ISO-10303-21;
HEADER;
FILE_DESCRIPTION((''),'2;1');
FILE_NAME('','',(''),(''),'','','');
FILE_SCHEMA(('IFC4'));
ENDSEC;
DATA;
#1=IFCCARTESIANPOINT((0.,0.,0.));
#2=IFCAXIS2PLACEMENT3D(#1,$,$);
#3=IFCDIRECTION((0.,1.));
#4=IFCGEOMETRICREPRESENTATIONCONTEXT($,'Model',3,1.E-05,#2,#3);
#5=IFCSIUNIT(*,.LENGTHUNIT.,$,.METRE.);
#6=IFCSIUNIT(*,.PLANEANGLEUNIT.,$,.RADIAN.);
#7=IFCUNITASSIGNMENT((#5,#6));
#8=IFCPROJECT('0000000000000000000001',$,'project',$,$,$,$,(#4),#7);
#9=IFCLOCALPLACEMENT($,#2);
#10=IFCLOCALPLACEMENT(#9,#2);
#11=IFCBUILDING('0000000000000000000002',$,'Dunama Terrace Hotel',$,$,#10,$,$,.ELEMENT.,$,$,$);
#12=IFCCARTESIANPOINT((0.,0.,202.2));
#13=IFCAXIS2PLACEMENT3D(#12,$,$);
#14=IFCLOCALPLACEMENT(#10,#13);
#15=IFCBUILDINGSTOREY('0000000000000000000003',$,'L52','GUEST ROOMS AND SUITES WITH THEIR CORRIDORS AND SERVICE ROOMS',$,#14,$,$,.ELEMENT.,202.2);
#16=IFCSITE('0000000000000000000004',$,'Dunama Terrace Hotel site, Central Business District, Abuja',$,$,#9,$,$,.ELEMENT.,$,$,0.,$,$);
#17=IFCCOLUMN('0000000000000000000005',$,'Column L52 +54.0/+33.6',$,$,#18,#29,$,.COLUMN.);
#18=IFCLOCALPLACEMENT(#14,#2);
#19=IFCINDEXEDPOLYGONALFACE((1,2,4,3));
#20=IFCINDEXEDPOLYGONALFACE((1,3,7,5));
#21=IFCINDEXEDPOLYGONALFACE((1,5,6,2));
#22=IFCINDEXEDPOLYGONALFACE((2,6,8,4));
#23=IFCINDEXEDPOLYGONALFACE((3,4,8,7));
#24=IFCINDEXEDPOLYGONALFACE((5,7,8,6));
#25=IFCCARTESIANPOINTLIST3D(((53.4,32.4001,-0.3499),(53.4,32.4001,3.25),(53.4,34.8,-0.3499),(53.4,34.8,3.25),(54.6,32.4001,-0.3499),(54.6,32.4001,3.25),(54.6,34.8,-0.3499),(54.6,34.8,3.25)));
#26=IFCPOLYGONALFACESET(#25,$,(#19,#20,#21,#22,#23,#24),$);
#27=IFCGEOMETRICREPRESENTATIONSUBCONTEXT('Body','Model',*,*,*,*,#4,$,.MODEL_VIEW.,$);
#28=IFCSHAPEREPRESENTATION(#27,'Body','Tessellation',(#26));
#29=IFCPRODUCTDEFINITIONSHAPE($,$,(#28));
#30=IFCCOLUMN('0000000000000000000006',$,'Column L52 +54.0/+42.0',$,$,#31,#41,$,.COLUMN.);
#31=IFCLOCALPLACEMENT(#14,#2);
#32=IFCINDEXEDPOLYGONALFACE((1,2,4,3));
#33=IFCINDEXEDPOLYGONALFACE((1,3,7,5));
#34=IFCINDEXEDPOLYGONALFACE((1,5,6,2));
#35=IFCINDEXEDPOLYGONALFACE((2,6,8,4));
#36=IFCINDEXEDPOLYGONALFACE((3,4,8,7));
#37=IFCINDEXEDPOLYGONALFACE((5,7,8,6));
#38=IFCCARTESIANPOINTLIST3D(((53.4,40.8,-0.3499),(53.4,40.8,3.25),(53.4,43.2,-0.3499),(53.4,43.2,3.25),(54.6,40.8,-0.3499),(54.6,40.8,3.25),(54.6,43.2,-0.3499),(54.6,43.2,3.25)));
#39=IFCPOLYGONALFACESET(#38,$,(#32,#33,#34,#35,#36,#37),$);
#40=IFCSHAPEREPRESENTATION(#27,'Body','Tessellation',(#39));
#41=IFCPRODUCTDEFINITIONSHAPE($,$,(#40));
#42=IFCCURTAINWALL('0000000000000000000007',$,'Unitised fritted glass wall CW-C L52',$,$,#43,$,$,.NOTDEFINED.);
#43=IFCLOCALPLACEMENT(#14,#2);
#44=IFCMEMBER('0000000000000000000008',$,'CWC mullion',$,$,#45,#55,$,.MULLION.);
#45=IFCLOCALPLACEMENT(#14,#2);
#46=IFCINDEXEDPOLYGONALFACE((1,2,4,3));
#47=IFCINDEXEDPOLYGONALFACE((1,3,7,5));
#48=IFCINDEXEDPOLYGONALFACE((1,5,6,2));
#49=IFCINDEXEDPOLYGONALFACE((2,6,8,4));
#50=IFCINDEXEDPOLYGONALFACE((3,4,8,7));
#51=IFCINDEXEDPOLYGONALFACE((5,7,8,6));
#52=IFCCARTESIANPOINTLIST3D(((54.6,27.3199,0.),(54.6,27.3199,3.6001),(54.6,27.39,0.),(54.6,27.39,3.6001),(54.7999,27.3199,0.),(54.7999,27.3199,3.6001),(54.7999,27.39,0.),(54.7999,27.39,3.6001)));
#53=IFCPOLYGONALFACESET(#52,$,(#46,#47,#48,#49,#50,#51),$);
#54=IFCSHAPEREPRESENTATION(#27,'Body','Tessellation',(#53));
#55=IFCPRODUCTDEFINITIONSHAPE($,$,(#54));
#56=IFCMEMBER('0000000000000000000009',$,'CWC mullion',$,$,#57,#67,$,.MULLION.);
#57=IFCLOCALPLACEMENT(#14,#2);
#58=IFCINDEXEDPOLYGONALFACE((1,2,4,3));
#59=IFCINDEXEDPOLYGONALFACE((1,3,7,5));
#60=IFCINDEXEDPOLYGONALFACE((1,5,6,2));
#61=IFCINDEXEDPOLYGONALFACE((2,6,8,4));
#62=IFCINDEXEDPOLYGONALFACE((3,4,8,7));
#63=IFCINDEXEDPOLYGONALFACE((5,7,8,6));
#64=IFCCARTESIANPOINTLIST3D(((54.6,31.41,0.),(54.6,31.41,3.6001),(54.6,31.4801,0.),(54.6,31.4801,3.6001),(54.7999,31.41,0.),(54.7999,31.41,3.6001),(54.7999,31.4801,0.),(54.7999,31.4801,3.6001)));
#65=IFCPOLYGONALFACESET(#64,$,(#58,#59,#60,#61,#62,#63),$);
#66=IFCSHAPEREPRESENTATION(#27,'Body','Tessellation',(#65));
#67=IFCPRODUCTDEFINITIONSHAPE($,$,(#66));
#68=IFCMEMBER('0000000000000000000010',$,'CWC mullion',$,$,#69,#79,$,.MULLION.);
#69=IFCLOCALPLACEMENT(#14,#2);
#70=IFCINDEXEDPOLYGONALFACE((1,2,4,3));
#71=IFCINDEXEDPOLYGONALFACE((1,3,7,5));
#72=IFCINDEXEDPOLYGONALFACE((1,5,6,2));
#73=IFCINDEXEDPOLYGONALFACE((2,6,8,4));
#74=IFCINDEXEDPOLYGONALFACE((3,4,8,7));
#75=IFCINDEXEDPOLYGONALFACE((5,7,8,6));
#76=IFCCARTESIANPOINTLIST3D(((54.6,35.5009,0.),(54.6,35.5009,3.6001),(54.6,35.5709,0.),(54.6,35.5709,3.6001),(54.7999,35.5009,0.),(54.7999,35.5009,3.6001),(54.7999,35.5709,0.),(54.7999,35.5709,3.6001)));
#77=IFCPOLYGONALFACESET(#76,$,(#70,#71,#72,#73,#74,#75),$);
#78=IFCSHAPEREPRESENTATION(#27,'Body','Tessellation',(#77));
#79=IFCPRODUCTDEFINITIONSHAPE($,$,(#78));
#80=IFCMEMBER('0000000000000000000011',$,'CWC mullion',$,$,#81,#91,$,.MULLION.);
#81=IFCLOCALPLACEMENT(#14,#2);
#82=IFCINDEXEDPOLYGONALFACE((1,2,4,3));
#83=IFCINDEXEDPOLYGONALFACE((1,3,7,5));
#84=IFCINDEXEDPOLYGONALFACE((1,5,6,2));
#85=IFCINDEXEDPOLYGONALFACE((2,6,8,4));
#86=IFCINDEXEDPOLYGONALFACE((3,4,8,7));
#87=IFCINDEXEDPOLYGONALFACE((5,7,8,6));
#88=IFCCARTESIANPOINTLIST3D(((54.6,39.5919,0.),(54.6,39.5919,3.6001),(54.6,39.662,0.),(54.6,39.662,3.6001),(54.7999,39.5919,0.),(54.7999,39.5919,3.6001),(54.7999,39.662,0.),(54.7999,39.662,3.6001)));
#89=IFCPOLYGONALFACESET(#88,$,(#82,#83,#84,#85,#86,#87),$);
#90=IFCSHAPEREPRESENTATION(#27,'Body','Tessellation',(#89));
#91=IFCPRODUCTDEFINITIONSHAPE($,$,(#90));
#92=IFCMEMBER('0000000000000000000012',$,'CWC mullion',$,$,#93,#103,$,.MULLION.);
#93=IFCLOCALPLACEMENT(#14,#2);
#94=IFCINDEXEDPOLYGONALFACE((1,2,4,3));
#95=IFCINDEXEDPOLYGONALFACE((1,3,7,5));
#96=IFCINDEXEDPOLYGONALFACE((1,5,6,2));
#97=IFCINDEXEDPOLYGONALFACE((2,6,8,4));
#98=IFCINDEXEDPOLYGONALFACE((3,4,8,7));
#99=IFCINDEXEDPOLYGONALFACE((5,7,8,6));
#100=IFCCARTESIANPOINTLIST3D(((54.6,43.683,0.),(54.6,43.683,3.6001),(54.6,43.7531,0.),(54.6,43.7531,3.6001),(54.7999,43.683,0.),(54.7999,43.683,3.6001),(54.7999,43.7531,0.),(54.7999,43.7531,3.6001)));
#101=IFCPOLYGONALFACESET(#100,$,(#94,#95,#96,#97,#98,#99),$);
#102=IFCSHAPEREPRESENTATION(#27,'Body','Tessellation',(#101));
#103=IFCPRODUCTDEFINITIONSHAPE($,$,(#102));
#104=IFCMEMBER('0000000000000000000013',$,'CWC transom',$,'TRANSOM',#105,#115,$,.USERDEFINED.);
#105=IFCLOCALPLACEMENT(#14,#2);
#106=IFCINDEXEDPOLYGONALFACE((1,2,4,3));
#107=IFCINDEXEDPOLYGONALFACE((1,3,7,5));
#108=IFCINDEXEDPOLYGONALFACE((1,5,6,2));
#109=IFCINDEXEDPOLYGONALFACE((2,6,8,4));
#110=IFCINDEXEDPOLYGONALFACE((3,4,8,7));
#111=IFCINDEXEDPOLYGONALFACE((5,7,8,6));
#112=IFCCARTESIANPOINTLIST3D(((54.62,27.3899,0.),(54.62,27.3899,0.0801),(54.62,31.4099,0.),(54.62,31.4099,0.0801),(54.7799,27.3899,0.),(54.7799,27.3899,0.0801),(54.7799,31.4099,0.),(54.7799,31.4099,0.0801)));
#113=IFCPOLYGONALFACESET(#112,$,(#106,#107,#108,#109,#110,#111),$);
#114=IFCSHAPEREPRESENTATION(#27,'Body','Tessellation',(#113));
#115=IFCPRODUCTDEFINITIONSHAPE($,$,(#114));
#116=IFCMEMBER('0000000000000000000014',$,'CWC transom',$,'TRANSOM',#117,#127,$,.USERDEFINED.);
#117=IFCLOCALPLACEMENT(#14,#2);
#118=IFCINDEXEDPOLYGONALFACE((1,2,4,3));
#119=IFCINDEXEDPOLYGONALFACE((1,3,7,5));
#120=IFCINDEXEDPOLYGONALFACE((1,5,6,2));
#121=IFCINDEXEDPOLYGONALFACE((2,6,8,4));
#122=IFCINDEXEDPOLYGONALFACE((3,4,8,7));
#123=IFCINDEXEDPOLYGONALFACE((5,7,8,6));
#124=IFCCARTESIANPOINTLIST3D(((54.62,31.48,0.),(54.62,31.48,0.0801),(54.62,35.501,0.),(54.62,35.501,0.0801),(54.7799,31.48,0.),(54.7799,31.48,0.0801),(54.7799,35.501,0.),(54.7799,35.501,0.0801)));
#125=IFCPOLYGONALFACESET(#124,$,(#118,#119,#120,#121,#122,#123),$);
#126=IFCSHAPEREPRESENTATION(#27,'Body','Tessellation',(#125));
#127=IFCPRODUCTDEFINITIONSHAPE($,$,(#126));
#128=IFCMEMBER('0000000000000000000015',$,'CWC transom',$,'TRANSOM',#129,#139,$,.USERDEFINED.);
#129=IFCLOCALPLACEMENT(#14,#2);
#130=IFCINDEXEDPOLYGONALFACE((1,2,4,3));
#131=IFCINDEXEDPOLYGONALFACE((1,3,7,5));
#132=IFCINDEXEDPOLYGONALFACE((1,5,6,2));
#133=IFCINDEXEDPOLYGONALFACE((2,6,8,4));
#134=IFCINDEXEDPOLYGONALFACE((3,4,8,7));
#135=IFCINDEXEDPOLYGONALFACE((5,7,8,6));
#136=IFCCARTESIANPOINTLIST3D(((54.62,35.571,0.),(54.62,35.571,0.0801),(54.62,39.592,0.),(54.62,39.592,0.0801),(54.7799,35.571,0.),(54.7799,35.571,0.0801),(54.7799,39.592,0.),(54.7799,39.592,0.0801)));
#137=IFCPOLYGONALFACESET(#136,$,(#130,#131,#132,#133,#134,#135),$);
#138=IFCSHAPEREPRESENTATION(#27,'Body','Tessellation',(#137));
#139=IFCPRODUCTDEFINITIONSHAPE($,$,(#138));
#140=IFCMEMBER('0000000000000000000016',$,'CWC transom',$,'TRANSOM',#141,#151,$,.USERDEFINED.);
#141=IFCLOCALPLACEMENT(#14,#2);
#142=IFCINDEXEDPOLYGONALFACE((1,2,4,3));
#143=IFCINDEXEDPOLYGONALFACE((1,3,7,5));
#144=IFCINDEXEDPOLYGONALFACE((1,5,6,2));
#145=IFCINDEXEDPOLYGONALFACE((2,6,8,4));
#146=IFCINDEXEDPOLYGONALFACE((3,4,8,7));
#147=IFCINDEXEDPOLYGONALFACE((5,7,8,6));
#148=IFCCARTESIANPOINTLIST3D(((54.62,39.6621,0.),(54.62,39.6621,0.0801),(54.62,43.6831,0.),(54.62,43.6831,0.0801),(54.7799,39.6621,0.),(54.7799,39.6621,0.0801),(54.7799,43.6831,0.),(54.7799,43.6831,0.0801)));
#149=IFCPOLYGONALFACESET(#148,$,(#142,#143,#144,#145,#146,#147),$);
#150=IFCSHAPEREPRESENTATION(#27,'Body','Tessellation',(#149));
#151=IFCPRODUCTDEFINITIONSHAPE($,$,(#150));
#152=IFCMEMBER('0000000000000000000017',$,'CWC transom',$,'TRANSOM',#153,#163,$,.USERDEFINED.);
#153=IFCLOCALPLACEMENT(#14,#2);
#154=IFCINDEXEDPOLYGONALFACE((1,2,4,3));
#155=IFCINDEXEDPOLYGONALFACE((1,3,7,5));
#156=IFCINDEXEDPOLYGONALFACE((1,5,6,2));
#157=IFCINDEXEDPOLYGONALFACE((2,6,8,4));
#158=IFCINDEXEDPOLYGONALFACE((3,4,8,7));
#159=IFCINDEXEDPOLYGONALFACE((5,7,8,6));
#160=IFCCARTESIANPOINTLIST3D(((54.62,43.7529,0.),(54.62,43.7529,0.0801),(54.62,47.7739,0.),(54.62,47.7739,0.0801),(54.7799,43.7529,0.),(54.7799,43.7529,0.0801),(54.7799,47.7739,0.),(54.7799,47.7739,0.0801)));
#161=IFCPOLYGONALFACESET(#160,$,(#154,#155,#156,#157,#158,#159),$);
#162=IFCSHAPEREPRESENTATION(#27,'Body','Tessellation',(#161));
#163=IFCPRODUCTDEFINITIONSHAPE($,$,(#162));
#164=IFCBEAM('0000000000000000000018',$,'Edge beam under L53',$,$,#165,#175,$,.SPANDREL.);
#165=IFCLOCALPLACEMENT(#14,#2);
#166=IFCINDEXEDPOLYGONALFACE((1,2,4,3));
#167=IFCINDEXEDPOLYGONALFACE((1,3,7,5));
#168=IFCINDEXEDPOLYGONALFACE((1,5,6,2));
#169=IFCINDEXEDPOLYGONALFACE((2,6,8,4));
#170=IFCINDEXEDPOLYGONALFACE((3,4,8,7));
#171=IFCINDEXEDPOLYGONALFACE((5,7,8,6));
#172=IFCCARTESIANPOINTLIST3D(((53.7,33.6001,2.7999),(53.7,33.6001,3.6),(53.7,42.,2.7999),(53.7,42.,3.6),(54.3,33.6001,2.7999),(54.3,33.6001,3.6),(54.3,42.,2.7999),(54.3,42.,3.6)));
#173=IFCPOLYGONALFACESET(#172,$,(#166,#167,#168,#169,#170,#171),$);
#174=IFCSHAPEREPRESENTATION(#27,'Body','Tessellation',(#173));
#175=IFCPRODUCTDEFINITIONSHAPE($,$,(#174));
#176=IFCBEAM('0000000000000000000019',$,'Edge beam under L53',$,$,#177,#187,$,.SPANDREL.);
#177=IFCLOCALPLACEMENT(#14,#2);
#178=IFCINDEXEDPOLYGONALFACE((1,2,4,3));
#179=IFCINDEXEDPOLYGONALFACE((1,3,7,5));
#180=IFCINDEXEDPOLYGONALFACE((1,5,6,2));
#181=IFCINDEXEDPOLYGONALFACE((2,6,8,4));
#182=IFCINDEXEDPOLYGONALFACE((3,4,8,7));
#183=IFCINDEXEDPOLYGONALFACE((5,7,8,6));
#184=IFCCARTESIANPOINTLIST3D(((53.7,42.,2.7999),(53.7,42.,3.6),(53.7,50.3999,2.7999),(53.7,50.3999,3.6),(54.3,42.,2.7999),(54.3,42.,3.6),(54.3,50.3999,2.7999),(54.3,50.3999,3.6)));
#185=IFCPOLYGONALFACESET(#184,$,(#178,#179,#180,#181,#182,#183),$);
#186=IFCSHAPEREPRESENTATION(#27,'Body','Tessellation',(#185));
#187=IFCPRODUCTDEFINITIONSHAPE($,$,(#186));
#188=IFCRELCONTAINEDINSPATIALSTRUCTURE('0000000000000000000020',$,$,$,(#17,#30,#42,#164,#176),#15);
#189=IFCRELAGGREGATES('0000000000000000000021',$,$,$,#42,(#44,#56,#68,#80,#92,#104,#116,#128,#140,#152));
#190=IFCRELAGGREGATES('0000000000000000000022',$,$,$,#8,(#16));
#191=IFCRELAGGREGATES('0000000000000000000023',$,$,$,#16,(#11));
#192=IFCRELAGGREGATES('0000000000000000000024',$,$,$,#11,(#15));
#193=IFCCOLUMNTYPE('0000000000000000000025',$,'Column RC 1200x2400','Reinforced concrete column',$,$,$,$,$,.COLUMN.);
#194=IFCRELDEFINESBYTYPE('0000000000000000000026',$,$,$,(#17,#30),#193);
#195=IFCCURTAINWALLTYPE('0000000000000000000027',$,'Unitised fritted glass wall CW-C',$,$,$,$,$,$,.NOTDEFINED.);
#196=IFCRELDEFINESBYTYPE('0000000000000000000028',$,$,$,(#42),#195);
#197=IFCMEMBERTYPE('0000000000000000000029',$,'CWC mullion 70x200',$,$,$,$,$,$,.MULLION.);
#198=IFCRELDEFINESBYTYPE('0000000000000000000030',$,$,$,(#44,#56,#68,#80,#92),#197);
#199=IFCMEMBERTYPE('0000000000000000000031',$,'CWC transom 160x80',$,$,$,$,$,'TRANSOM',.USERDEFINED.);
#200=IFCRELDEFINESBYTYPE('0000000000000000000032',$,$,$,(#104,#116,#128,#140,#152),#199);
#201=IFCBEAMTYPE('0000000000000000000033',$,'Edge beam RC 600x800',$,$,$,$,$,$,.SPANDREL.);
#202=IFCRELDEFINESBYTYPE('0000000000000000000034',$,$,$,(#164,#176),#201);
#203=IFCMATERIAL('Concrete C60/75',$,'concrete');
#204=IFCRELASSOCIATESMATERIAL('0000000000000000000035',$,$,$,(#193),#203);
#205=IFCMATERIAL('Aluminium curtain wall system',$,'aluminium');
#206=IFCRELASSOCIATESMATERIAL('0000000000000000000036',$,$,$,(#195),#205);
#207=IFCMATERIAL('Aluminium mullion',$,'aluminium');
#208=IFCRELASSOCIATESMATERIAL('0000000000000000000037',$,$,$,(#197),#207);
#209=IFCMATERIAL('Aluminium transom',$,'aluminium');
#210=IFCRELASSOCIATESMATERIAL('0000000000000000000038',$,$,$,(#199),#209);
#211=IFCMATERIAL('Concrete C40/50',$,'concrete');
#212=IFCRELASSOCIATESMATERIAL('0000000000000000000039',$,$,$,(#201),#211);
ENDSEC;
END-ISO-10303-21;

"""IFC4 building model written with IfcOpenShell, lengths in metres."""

from ifc_helpers import new_model, si_unit, direction, frame, origin, origin_2d, place, context, subcontext, project, spatial, rectangle, extrude, material, material_profile, profile_set, type_object, element, aggregate, save


model = new_model("IFC4")

# Units and contexts
model_context = context("Model", 3, precision=1e-05, world=origin(), true_north=direction((0.0, 1.0)))
body_context = subcontext(model_context, "Body", "Model", "MODEL_VIEW")
ifc_project = project(units=[si_unit("LENGTHUNIT", "METRE"), si_unit("PLANEANGLEUNIT", "RADIAN")], contexts=[model_context])

# Site, building, storey
site_placement = place(None, origin())
site = spatial("IfcSite", under=ifc_project, at=site_placement, Name="Dunama Terrace Hotel site, Central Business District, Abuja", CompositionType="ELEMENT", RefElevation=0.0)
building_placement = place(site_placement, origin())
building = spatial("IfcBuilding", under=site, at=building_placement, Name="Dunama Terrace Hotel", CompositionType="ELEMENT")
storey_placement = place(building_placement, frame((0.0, 0.0, 202.2)))
storey = spatial("IfcBuildingStorey", under=building, at=storey_placement, Name="L52", Description="GUEST ROOMS AND SUITES WITH THEIR CORRIDORS AND SERVICE ROOMS", CompositionType="ELEMENT", Elevation=202.2)

# Columns
ifc_material_1 = material(Name="Concrete C60/75", Category="concrete")
ifc_material_profile_1 = material_profile(ifc_material_1, rectangle(XDim=1.2, YDim=2.3999, at=origin_2d()), Name="RC 1200x2400")
ifc_profile_set_1 = profile_set([ifc_material_profile_1], Name="Concrete C60/75")
column_type = type_object("IfcColumnType", Name="Column RC 1200x2400", Description="Reinforced concrete column", PredefinedType="COLUMN", material=ifc_profile_set_1)
for number, where, z_axis, x_axis, name in (
    (1, (54.0, 33.6001, -0.3499), (0.0, 0.0, 1.0), (1.0, 0.0, 0.0), "Column L52 +54.0/+33.6"),
    (2, (54.0, 42.0, -0.3499), (0.0, 0.0, 1.0), (1.0, 0.0, 0.0), "Column L52 +54.0/+42.0"),
):
    element("IfcColumn", number, at=place(storey_placement, frame(where, z_axis=z_axis, x_axis=x_axis)), inside=storey, type_object=column_type, Name=name, PredefinedType="COLUMN", context=body_context, shape_type="SweptSolid", body=[
        extrude(rectangle(XDim=1.2, YDim=2.3999, at=origin_2d()), origin(), (0.0, 0.0, 1.0), 3.5999),
    ])

# Curtain wall, members
ifc_material_2 = material(Name="Aluminium curtain wall system", Category="aluminium")
curtain_wall_type = type_object("IfcCurtainWallType", Name="Unitised fritted glass wall CW-C", PredefinedType="NOTDEFINED", material=ifc_material_2)
curtain_wall_placement = place(storey_placement, origin())
curtain_wall = element("IfcCurtainWall", 3, at=curtain_wall_placement, inside=storey, type_object=curtain_wall_type, Name="Unitised fritted glass wall CW-C L52", PredefinedType="NOTDEFINED")
ifc_material_3 = material(Name="Aluminium mullion", Category="aluminium")
ifc_material_profile_2 = material_profile(ifc_material_3, rectangle(XDim=0.0701, YDim=0.2, at=origin_2d()), Name="CWC MULLION 70X200")
ifc_profile_set_2 = profile_set([ifc_material_profile_2], Name="Aluminium mullion")
member_type_1 = type_object("IfcMemberType", Name="CWC mullion 70x200", PredefinedType="MULLION", material=ifc_profile_set_2)
member_1_placement = place(storey_placement, frame((54.7, 27.355, 0.0), z_axis=(0.0, 0.0, 1.0), x_axis=(0.0, 1.0, 0.0)))
member_1 = element("IfcMember", 4, at=member_1_placement, type_object=member_type_1, Name="CWC mullion", PredefinedType="MULLION", context=body_context, shape_type="SweptSolid", body=[
    extrude(rectangle(XDim=0.0701, YDim=0.2, at=origin_2d()), origin(), (0.0, 0.0, 1.0), 3.6001),
])
member_2_placement = place(storey_placement, frame((54.7, 31.4451, 0.0), z_axis=(0.0, 0.0, 1.0), x_axis=(0.0, 1.0, 0.0)))
member_2 = element("IfcMember", 5, at=member_2_placement, type_object=member_type_1, Name="CWC mullion", PredefinedType="MULLION", context=body_context, shape_type="SweptSolid", body=[
    extrude(rectangle(XDim=0.0701, YDim=0.2, at=origin_2d()), origin(), (0.0, 0.0, 1.0), 3.6001),
])
member_3_placement = place(storey_placement, frame((54.7, 35.5359, 0.0), z_axis=(0.0, 0.0, 1.0), x_axis=(0.0, 1.0, 0.0)))
member_3 = element("IfcMember", 6, at=member_3_placement, type_object=member_type_1, Name="CWC mullion", PredefinedType="MULLION", context=body_context, shape_type="SweptSolid", body=[
    extrude(rectangle(XDim=0.0701, YDim=0.2, at=origin_2d()), origin(), (0.0, 0.0, 1.0), 3.6001),
])
member_4_placement = place(storey_placement, frame((54.7, 39.627, 0.0), z_axis=(0.0, 0.0, 1.0), x_axis=(0.0, 1.0, 0.0)))
member_4 = element("IfcMember", 7, at=member_4_placement, type_object=member_type_1, Name="CWC mullion", PredefinedType="MULLION", context=body_context, shape_type="SweptSolid", body=[
    extrude(rectangle(XDim=0.0701, YDim=0.2, at=origin_2d()), origin(), (0.0, 0.0, 1.0), 3.6001),
])
member_5_placement = place(storey_placement, frame((54.7, 43.718, 0.0), z_axis=(0.0, 0.0, 1.0), x_axis=(0.0, 1.0, 0.0)))
member_5 = element("IfcMember", 8, at=member_5_placement, type_object=member_type_1, Name="CWC mullion", PredefinedType="MULLION", context=body_context, shape_type="SweptSolid", body=[
    extrude(rectangle(XDim=0.0701, YDim=0.2, at=origin_2d()), origin(), (0.0, 0.0, 1.0), 3.6001),
])
ifc_material_4 = material(Name="Aluminium transom", Category="aluminium")
ifc_material_profile_3 = material_profile(ifc_material_4, rectangle(XDim=0.1599, YDim=0.0801, at=origin_2d()), Name="CWC TRANSOM 160X80")
ifc_profile_set_3 = profile_set([ifc_material_profile_3], Name="Aluminium transom")
member_type_2 = type_object("IfcMemberType", Name="CWC transom 160x80", ElementType="TRANSOM", PredefinedType="USERDEFINED", material=ifc_profile_set_3)
member_6_placement = place(storey_placement, frame((54.7, 27.3899, 0.04), z_axis=(0.0, 1.0, 0.0), x_axis=(-1.0, 0.0, 0.0)))
member_6 = element("IfcMember", 9, at=member_6_placement, type_object=member_type_2, Name="CWC transom", ObjectType="TRANSOM", PredefinedType="USERDEFINED", context=body_context, shape_type="SweptSolid", body=[
    extrude(rectangle(XDim=0.1599, YDim=0.0801, at=origin_2d()), origin(), (0.0, 0.0, 1.0), 4.02),
])
member_7_placement = place(storey_placement, frame((54.7, 31.48, 0.04), z_axis=(0.0, 1.0, 0.0), x_axis=(-1.0, 0.0, 0.0)))
member_7 = element("IfcMember", 10, at=member_7_placement, type_object=member_type_2, Name="CWC transom", ObjectType="TRANSOM", PredefinedType="USERDEFINED", context=body_context, shape_type="SweptSolid", body=[
    extrude(rectangle(XDim=0.1599, YDim=0.0801, at=origin_2d()), origin(), (0.0, 0.0, 1.0), 4.021),
])
member_8_placement = place(storey_placement, frame((54.7, 35.571, 0.04), z_axis=(0.0, 1.0, 0.0), x_axis=(-1.0, 0.0, 0.0)))
member_8 = element("IfcMember", 11, at=member_8_placement, type_object=member_type_2, Name="CWC transom", ObjectType="TRANSOM", PredefinedType="USERDEFINED", context=body_context, shape_type="SweptSolid", body=[
    extrude(rectangle(XDim=0.1599, YDim=0.0801, at=origin_2d()), origin(), (0.0, 0.0, 1.0), 4.021),
])
member_9_placement = place(storey_placement, frame((54.7, 39.6621, 0.04), z_axis=(0.0, 1.0, 0.0), x_axis=(-1.0, 0.0, 0.0)))
member_9 = element("IfcMember", 12, at=member_9_placement, type_object=member_type_2, Name="CWC transom", ObjectType="TRANSOM", PredefinedType="USERDEFINED", context=body_context, shape_type="SweptSolid", body=[
    extrude(rectangle(XDim=0.1599, YDim=0.0801, at=origin_2d()), origin(), (0.0, 0.0, 1.0), 4.021),
])
member_10_placement = place(storey_placement, frame((54.7, 43.7529, 0.04), z_axis=(0.0, 1.0, 0.0), x_axis=(-1.0, 0.0, 0.0)))
member_10 = element("IfcMember", 13, at=member_10_placement, type_object=member_type_2, Name="CWC transom", ObjectType="TRANSOM", PredefinedType="USERDEFINED", context=body_context, shape_type="SweptSolid", body=[
    extrude(rectangle(XDim=0.1599, YDim=0.0801, at=origin_2d()), origin(), (0.0, 0.0, 1.0), 4.021),
])

# Beams
ifc_material_5 = material(Name="Concrete C40/50", Category="concrete")
ifc_material_profile_4 = material_profile(ifc_material_5, rectangle(XDim=0.6001, YDim=0.8, at=origin_2d()), Name="RC 600x800")
ifc_profile_set_4 = profile_set([ifc_material_profile_4], Name="Concrete C40/50")
beam_type = type_object("IfcBeamType", Name="Edge beam RC 600x800", PredefinedType="SPANDREL", material=ifc_profile_set_4)
for number, where, z_axis, x_axis, name in (
    (14, (54.0, 33.6001, 3.2), (0.0, 1.0, 0.0), (-1.0, 0.0, 0.0), "Edge beam under L53"),
    (15, (54.0, 42.0, 3.2), (0.0, 1.0, 0.0), (-1.0, 0.0, 0.0), "Edge beam under L53"),
):
    element("IfcBeam", number, at=place(storey_placement, frame(where, z_axis=z_axis, x_axis=x_axis)), inside=storey, type_object=beam_type, Name=name, PredefinedType="SPANDREL", context=body_context, shape_type="SweptSolid", body=[
        extrude(rectangle(XDim=0.6001, YDim=0.8, at=origin_2d()), origin(), (0.0, 0.0, 1.0), 8.3999),
    ])

aggregate(curtain_wall, [member_1, member_2, member_3, member_4, member_5, member_6, member_7, member_8, member_9, member_10])

save(model, "model.ifc")
